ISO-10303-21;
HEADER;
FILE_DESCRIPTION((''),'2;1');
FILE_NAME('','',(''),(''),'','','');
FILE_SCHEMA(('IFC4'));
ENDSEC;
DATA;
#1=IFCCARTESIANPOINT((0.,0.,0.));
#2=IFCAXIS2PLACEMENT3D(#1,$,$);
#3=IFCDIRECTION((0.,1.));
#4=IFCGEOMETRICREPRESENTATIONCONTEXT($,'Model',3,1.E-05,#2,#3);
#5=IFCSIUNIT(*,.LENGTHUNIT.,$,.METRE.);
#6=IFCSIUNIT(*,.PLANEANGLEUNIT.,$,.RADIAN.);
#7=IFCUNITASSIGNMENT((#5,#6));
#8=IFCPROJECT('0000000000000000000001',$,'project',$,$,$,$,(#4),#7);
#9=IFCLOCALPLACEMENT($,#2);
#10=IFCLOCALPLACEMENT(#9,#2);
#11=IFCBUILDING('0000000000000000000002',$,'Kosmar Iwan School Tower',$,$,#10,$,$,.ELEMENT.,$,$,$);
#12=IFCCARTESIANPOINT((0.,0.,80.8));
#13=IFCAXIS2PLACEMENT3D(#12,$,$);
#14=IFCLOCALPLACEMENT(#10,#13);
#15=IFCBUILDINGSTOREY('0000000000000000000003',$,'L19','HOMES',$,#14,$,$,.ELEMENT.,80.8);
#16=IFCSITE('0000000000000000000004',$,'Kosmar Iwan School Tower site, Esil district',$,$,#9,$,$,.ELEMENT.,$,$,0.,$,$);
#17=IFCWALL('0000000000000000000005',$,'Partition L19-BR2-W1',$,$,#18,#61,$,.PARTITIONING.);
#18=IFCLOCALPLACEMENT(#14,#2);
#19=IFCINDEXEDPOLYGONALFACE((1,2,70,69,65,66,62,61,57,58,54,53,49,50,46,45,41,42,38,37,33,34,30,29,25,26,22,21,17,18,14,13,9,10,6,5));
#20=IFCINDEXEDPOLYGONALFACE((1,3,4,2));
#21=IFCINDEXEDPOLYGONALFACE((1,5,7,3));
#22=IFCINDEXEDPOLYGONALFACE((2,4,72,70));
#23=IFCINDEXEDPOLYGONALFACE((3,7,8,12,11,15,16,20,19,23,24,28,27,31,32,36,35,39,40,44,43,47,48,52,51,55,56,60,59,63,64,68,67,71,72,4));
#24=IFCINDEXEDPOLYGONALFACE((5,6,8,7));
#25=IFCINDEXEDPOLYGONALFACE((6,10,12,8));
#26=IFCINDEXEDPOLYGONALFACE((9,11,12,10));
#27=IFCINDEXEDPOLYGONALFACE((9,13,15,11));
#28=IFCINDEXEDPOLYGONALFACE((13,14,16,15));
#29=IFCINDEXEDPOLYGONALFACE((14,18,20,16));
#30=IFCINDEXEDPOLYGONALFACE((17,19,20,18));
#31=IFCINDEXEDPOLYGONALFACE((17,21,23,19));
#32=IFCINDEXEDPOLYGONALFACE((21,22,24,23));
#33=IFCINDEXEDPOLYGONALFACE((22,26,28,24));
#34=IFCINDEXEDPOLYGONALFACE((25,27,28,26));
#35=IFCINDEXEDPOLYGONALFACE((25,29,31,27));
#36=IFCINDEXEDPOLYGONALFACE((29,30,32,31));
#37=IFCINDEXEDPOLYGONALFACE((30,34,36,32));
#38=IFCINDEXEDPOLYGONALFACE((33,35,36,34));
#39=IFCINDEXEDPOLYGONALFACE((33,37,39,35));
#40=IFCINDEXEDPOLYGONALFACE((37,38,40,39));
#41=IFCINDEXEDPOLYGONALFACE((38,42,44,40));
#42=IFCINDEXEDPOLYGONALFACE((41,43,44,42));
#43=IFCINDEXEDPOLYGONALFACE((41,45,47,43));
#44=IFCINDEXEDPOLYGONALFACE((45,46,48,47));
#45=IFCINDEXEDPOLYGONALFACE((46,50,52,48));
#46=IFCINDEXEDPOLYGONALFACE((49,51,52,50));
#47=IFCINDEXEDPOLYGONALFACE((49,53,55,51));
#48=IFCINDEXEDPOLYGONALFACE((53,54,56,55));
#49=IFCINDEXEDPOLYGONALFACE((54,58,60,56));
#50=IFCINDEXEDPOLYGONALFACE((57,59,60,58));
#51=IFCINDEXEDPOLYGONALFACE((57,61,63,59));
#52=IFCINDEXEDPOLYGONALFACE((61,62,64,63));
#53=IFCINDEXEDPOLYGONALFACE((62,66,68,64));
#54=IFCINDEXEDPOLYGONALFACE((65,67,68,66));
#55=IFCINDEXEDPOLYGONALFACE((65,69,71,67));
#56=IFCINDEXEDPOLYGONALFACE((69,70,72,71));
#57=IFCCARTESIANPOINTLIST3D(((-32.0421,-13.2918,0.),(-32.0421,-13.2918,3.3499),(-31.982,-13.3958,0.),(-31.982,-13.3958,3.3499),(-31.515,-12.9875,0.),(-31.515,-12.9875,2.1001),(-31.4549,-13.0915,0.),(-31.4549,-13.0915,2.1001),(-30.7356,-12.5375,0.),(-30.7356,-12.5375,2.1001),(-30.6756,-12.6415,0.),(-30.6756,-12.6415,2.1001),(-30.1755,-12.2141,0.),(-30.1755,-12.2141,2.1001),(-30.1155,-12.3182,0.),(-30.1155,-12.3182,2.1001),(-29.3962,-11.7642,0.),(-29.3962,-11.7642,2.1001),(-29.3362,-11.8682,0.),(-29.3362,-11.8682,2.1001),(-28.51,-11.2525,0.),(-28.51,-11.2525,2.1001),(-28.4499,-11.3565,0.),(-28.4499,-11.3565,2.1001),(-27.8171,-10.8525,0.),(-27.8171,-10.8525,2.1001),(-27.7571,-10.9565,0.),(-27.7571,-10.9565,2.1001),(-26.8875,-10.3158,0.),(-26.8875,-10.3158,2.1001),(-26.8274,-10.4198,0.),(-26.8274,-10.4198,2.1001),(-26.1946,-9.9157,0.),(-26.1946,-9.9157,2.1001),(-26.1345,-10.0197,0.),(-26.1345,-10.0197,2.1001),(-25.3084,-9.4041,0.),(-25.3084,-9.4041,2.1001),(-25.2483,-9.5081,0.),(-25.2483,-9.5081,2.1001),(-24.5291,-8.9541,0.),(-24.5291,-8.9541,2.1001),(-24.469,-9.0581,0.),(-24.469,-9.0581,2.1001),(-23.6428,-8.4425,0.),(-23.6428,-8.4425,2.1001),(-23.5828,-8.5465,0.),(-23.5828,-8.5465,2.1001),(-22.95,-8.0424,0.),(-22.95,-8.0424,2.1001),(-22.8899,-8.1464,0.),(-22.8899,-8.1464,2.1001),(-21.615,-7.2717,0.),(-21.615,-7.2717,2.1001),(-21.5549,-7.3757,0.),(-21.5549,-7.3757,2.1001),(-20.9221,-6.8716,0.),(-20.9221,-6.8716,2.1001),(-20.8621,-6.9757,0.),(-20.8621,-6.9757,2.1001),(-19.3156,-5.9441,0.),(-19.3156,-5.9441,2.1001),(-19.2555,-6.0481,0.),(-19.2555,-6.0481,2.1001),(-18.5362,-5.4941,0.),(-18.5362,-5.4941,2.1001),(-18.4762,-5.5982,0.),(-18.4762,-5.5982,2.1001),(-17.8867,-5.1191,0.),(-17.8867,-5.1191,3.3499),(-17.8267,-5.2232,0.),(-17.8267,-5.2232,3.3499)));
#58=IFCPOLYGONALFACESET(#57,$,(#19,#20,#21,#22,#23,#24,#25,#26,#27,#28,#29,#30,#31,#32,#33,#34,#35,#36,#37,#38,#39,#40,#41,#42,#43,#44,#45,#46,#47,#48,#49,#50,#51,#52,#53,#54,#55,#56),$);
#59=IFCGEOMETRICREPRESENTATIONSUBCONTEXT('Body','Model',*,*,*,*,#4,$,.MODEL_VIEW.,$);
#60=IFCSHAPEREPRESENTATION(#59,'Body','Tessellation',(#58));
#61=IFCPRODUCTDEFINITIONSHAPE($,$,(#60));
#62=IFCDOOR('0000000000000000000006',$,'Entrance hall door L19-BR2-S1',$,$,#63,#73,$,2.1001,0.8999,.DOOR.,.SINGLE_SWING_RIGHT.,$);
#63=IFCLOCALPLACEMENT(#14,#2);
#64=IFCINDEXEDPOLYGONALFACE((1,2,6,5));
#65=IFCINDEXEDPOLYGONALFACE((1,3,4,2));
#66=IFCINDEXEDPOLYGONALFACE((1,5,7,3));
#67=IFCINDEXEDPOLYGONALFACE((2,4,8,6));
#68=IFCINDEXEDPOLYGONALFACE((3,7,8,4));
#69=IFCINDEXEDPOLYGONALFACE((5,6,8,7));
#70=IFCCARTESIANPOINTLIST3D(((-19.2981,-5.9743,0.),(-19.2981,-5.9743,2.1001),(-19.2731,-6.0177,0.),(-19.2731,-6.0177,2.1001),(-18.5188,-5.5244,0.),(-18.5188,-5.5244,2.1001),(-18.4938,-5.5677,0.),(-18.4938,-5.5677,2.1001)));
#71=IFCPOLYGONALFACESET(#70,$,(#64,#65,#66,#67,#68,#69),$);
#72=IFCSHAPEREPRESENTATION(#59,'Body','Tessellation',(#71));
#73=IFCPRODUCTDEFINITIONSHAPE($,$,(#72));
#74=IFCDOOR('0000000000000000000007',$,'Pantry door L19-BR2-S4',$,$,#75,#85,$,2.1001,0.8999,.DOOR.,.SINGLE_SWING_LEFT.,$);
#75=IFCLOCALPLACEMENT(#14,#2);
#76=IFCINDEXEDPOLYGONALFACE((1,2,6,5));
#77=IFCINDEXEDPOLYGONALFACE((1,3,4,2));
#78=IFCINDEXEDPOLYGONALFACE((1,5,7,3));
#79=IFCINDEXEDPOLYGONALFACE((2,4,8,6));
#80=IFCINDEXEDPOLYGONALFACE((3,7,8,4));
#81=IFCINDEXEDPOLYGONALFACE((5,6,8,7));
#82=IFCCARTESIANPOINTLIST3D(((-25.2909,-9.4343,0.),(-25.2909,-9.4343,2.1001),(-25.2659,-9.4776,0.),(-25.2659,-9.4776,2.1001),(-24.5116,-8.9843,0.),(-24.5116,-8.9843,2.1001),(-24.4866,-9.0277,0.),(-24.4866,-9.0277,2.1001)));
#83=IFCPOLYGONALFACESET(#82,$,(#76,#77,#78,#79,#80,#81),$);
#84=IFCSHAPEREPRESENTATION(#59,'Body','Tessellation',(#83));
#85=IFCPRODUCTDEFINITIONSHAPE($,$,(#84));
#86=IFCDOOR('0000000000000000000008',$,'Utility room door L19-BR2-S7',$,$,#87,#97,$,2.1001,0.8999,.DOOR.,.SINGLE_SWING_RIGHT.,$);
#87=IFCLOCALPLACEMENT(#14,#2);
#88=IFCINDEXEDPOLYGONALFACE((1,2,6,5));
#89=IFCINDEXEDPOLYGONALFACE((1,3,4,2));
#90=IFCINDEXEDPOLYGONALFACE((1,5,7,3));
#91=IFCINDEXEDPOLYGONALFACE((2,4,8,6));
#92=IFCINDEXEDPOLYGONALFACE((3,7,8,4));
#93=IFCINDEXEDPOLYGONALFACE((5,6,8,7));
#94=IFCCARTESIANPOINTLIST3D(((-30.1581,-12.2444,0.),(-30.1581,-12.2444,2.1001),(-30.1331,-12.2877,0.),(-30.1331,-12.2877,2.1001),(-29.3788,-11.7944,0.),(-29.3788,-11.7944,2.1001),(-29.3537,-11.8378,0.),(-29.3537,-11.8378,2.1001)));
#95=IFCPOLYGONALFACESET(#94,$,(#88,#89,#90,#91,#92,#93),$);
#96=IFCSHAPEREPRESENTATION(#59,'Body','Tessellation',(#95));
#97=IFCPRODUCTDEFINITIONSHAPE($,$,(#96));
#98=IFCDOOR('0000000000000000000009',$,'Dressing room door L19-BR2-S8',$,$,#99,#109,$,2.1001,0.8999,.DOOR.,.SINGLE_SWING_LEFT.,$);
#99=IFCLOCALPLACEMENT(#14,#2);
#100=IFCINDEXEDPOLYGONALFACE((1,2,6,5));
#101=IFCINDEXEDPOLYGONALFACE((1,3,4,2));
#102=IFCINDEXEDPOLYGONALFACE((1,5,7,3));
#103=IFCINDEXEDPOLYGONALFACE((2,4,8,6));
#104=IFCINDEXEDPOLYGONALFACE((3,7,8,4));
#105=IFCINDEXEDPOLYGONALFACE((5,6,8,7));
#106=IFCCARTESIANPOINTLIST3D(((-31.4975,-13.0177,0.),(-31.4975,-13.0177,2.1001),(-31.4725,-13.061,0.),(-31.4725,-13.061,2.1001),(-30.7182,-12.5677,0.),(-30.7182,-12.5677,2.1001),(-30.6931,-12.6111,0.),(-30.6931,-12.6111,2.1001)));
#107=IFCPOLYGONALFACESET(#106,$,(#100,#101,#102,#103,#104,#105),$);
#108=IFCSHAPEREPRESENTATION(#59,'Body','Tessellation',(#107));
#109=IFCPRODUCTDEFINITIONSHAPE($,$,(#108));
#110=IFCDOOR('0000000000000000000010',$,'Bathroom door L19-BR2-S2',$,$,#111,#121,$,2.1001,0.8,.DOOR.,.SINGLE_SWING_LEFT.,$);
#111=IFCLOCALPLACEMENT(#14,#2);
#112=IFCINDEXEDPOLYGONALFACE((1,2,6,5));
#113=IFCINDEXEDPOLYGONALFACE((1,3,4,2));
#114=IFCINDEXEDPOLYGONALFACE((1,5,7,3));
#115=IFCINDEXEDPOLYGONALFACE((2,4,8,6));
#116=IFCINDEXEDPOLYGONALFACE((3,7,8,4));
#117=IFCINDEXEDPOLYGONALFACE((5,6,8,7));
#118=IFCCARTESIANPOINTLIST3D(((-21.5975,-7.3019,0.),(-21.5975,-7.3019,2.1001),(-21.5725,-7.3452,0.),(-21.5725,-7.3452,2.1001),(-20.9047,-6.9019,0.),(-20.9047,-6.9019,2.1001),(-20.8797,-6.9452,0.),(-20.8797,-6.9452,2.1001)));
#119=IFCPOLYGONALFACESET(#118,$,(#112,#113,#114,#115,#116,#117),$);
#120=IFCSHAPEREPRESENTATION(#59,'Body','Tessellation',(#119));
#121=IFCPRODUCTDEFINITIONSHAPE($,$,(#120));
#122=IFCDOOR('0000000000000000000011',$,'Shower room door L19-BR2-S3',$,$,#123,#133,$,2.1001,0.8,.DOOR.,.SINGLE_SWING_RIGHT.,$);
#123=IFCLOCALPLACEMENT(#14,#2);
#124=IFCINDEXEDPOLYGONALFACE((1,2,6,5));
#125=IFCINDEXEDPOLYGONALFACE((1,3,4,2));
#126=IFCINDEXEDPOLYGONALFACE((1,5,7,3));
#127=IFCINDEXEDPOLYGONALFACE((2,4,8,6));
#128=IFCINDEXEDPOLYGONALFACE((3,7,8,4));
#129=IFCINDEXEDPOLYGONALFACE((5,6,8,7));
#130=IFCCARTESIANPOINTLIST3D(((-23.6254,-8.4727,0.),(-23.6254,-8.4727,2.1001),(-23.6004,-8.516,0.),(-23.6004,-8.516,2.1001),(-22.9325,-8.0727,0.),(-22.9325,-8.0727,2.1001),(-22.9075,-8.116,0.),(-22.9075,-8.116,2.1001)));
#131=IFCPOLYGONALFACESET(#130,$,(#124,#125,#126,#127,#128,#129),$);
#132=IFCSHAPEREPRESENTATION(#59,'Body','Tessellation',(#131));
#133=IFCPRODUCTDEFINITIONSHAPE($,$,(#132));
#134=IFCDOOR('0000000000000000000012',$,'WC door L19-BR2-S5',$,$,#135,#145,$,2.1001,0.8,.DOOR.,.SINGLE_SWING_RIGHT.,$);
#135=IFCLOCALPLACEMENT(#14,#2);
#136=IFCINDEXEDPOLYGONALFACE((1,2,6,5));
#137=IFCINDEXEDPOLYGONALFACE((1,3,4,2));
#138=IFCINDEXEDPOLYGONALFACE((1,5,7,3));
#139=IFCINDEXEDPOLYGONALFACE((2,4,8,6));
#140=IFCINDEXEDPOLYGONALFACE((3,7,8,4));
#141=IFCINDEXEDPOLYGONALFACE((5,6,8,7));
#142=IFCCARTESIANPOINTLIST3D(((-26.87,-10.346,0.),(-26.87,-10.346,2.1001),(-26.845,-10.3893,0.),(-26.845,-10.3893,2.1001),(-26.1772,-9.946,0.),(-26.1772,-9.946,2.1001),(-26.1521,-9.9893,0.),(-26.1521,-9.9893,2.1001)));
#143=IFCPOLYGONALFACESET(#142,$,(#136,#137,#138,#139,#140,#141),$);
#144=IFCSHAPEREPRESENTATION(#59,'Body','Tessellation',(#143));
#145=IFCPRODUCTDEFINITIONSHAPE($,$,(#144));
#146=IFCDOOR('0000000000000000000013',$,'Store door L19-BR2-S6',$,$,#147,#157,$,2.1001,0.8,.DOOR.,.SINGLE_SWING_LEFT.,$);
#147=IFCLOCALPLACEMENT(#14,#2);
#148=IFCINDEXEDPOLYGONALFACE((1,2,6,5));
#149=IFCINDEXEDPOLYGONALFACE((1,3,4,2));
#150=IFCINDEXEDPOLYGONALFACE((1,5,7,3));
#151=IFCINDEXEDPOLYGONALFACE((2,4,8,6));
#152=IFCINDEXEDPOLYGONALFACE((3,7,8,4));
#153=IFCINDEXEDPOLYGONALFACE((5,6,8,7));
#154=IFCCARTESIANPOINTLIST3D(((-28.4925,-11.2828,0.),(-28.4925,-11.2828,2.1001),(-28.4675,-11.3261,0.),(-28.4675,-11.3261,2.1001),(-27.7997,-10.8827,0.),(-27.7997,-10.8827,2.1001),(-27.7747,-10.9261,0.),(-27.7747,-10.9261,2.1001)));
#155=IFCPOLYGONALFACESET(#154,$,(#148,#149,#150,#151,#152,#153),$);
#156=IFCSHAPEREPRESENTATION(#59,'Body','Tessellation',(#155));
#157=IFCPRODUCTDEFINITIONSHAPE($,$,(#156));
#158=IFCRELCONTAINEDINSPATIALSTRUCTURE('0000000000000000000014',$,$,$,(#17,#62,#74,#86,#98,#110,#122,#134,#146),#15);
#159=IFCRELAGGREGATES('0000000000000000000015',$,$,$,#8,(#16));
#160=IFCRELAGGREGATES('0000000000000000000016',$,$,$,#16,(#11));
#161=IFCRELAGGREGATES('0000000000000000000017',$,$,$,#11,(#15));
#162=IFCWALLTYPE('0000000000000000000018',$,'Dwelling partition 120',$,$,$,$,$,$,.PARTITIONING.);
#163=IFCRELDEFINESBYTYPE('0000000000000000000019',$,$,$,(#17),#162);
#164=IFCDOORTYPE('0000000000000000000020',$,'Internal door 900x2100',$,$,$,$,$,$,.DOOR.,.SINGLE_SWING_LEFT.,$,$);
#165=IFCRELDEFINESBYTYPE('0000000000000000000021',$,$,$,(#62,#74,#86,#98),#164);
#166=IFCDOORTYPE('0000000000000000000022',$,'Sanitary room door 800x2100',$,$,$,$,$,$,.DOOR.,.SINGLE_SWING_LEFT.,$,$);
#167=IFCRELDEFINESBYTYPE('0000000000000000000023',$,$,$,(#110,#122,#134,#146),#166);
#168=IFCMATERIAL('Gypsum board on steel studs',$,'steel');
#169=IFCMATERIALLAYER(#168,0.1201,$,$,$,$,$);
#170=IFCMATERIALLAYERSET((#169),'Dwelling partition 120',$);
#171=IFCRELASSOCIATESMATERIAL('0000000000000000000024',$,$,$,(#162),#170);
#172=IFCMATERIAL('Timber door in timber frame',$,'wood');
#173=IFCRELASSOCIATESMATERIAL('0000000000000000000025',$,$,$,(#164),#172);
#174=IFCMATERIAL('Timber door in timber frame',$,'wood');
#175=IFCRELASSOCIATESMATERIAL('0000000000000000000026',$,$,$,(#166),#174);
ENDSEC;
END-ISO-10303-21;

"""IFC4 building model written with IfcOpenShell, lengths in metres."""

from ifc_helpers import new_model, si_unit, direction, frame, frame_2d, origin, place, context, subcontext, project, spatial, rectangle, extrude, material, layer, layer_set, type_object, element, fill, save


model = new_model("IFC4")

# Units and contexts
model_context = context("Model", 3, precision=1e-05, world=origin(), true_north=direction((0.0, 1.0)))
body_context = subcontext(model_context, "Body", "Model", "MODEL_VIEW")
ifc_project = project(units=[si_unit("LENGTHUNIT", "METRE"), si_unit("PLANEANGLEUNIT", "RADIAN")], contexts=[model_context])

# Site, building, storey
site_placement = place(None, origin())
site = spatial("IfcSite", under=ifc_project, at=site_placement, Name="Kosmar Iwan School Tower site, Esil district", CompositionType="ELEMENT", RefElevation=0.0)
building_placement = place(site_placement, origin())
building = spatial("IfcBuilding", under=site, at=building_placement, Name="Kosmar Iwan School Tower", CompositionType="ELEMENT")
storey_placement = place(building_placement, frame((0.0, 0.0, 80.8)))
storey = spatial("IfcBuildingStorey", under=building, at=storey_placement, Name="L19", Description="HOMES", CompositionType="ELEMENT", Elevation=80.8)

# Shared definitions
ifc_material_1 = material(Name="Gypsum board on steel studs", Category="steel")
ifc_layer = layer(ifc_material_1, 0.1201)
ifc_layer_set = layer_set([ifc_layer], Name="Dwelling partition 120")
wall_type = type_object("IfcWallType", Name="Dwelling partition 120", PredefinedType="PARTITIONING", material=ifc_layer_set)

# Wall, openings, doors
wall_1_placement = place(storey_placement, frame((-17.8567, -5.1711, 0.0), z_axis=(0.0, 0.0, 1.0), x_axis=(-0.866024, -0.500003, 0.0)))
wall_1 = element("IfcWall", 1, at=wall_1_placement, inside=storey, type_object=wall_type, Name="Partition L19-BR2-W1", PredefinedType="PARTITIONING", context=body_context, shape_type="SweptSolid", body=[
    extrude(rectangle(XDim=16.3452, YDim=0.1201, at=frame_2d((8.1726, 0.0))), origin(), (0.0, 0.0, 1.0), 3.3499),
])
opening_1_placement = place(wall_1_placement, frame((0.75, 0.0, 0.0)))
opening_1 = element("IfcOpeningElement", 2, at=opening_1_placement, cuts=wall_1, PredefinedType="OPENING", context=body_context, shape_type="SweptSolid", body=[
    extrude(rectangle(XDim=0.8999, YDim=2.1001, at=frame_2d((0.45, 1.05))), frame((0.0, 0.072, 0.0), z_axis=(0.0, -1.0, 0.0), x_axis=(1.0, 0.0, 0.0)), (0.0, 0.0, 1.0), 0.144),
])
opening_2_placement = place(wall_1_placement, frame((3.5051, 0.0, 0.0)))
opening_2 = element("IfcOpeningElement", 3, at=opening_2_placement, cuts=wall_1, PredefinedType="OPENING", context=body_context, shape_type="SweptSolid", body=[
    extrude(rectangle(XDim=0.8, YDim=2.1001, at=frame_2d((0.3999, 1.05))), frame((0.0, 0.072, 0.0), z_axis=(0.0, -1.0, 0.0), x_axis=(1.0, 0.0, 0.0)), (0.0, 0.0, 1.0), 0.144),
])
opening_3_placement = place(wall_1_placement, frame((5.8467, 0.0, 0.0)))
opening_3 = element("IfcOpeningElement", 4, at=opening_3_placement, cuts=wall_1, PredefinedType="OPENING", context=body_context, shape_type="SweptSolid", body=[
    extrude(rectangle(XDim=0.8, YDim=2.1001, at=frame_2d((0.3999, 1.05))), frame((0.0, 0.072, 0.0), z_axis=(0.0, -1.0, 0.0), x_axis=(1.0, 0.0, 0.0)), (0.0, 0.0, 1.0), 0.144),
])
opening_4_placement = place(wall_1_placement, frame((7.6699, 0.0, 0.0)))
opening_4 = element("IfcOpeningElement", 5, at=opening_4_placement, cuts=wall_1, PredefinedType="OPENING", context=body_context, shape_type="SweptSolid", body=[
    extrude(rectangle(XDim=0.8999, YDim=2.1001, at=frame_2d((0.45, 1.05))), frame((0.0, 0.072, 0.0), z_axis=(0.0, -1.0, 0.0), x_axis=(1.0, 0.0, 0.0)), (0.0, 0.0, 1.0), 0.144),
])
opening_5_placement = place(wall_1_placement, frame((9.5933, 0.0, 0.0)))
opening_5 = element("IfcOpeningElement", 6, at=opening_5_placement, cuts=wall_1, PredefinedType="OPENING", context=body_context, shape_type="SweptSolid", body=[
    extrude(rectangle(XDim=0.8, YDim=2.1001, at=frame_2d((0.3999, 1.05))), frame((0.0, 0.072, 0.0), z_axis=(0.0, -1.0, 0.0), x_axis=(1.0, 0.0, 0.0)), (0.0, 0.0, 1.0), 0.144),
])
opening_6_placement = place(wall_1_placement, frame((11.4668, 0.0, 0.0)))
opening_6 = element("IfcOpeningElement", 7, at=opening_6_placement, cuts=wall_1, PredefinedType="OPENING", context=body_context, shape_type="SweptSolid", body=[
    extrude(rectangle(XDim=0.8, YDim=2.1001, at=frame_2d((0.3999, 1.05))), frame((0.0, 0.072, 0.0), z_axis=(0.0, -1.0, 0.0), x_axis=(1.0, 0.0, 0.0)), (0.0, 0.0, 1.0), 0.144),
])
opening_7_placement = place(wall_1_placement, frame((13.29, 0.0, 0.0)))
opening_7 = element("IfcOpeningElement", 8, at=opening_7_placement, cuts=wall_1, PredefinedType="OPENING", context=body_context, shape_type="SweptSolid", body=[
    extrude(rectangle(XDim=0.8999, YDim=2.1001, at=frame_2d((0.45, 1.05))), frame((0.0, 0.072, 0.0), z_axis=(0.0, -1.0, 0.0), x_axis=(1.0, 0.0, 0.0)), (0.0, 0.0, 1.0), 0.144),
])
opening_8_placement = place(wall_1_placement, frame((14.8367, 0.0, 0.0)))
opening_8 = element("IfcOpeningElement", 9, at=opening_8_placement, cuts=wall_1, PredefinedType="OPENING", context=body_context, shape_type="SweptSolid", body=[
    extrude(rectangle(XDim=0.8999, YDim=2.1001, at=frame_2d((0.45, 1.05))), frame((0.0, 0.072, 0.0), z_axis=(0.0, -1.0, 0.0), x_axis=(1.0, 0.0, 0.0)), (0.0, 0.0, 1.0), 0.144),
])
ifc_material_2 = material(Name="Timber door in timber frame", Category="wood")
door_type_1 = type_object("IfcDoorType", Name="Internal door 900x2100", OperationType="SINGLE_SWING_LEFT", PredefinedType="DOOR", material=ifc_material_2)
door_1_placement = place(opening_1_placement, origin())
door_1 = element("IfcDoor", 10, at=door_1_placement, inside=storey, type_object=door_type_1, Name="Entrance hall door L19-BR2-S1", OperationType="SINGLE_SWING_RIGHT", OverallHeight=2.1001, OverallWidth=0.8999, PredefinedType="DOOR", context=body_context, shape_type="SweptSolid", body=[
    extrude(rectangle(XDim=0.8999, YDim=2.1001, at=frame_2d((0.45, 1.05))), frame((0.0, 0.0249, 0.0), z_axis=(0.0, -1.0, 0.0), x_axis=(1.0, 0.0, 0.0)), (0.0, 0.0, 1.0), 0.05),
])
fill(opening_1, door_1)
door_2_placement = place(opening_4_placement, origin())
door_2 = element("IfcDoor", 11, at=door_2_placement, inside=storey, type_object=door_type_1, Name="Pantry door L19-BR2-S4", OperationType="SINGLE_SWING_LEFT", OverallHeight=2.1001, OverallWidth=0.8999, PredefinedType="DOOR", context=body_context, shape_type="SweptSolid", body=[
    extrude(rectangle(XDim=0.8999, YDim=2.1001, at=frame_2d((0.45, 1.05))), frame((0.0, 0.0249, 0.0), z_axis=(0.0, -1.0, 0.0), x_axis=(1.0, 0.0, 0.0)), (0.0, 0.0, 1.0), 0.05),
])
fill(opening_4, door_2)
door_3_placement = place(opening_7_placement, origin())
door_3 = element("IfcDoor", 12, at=door_3_placement, inside=storey, type_object=door_type_1, Name="Utility room door L19-BR2-S7", OperationType="SINGLE_SWING_RIGHT", OverallHeight=2.1001, OverallWidth=0.8999, PredefinedType="DOOR", context=body_context, shape_type="SweptSolid", body=[
    extrude(rectangle(XDim=0.8999, YDim=2.1001, at=frame_2d((0.45, 1.05))), frame((0.0, 0.0249, 0.0), z_axis=(0.0, -1.0, 0.0), x_axis=(1.0, 0.0, 0.0)), (0.0, 0.0, 1.0), 0.05),
])
fill(opening_7, door_3)
door_4_placement = place(opening_8_placement, origin())
door_4 = element("IfcDoor", 13, at=door_4_placement, inside=storey, type_object=door_type_1, Name="Dressing room door L19-BR2-S8", OperationType="SINGLE_SWING_LEFT", OverallHeight=2.1001, OverallWidth=0.8999, PredefinedType="DOOR", context=body_context, shape_type="SweptSolid", body=[
    extrude(rectangle(XDim=0.8999, YDim=2.1001, at=frame_2d((0.45, 1.05))), frame((0.0, 0.0249, 0.0), z_axis=(0.0, -1.0, 0.0), x_axis=(1.0, 0.0, 0.0)), (0.0, 0.0, 1.0), 0.05),
])
fill(opening_8, door_4)
ifc_material_3 = material(Name="Timber door in timber frame", Category="wood")
door_type_2 = type_object("IfcDoorType", Name="Sanitary room door 800x2100", OperationType="SINGLE_SWING_LEFT", PredefinedType="DOOR", material=ifc_material_3)
door_5_placement = place(opening_2_placement, origin())
door_5 = element("IfcDoor", 14, at=door_5_placement, inside=storey, type_object=door_type_2, Name="Bathroom door L19-BR2-S2", OperationType="SINGLE_SWING_LEFT", OverallHeight=2.1001, OverallWidth=0.8, PredefinedType="DOOR", context=body_context, shape_type="SweptSolid", body=[
    extrude(rectangle(XDim=0.8, YDim=2.1001, at=frame_2d((0.3999, 1.05))), frame((0.0, 0.0249, 0.0), z_axis=(0.0, -1.0, 0.0), x_axis=(1.0, 0.0, 0.0)), (0.0, 0.0, 1.0), 0.05),
])
fill(opening_2, door_5)
door_6_placement = place(opening_3_placement, origin())
door_6 = element("IfcDoor", 15, at=door_6_placement, inside=storey, type_object=door_type_2, Name="Shower room door L19-BR2-S3", OperationType="SINGLE_SWING_RIGHT", OverallHeight=2.1001, OverallWidth=0.8, PredefinedType="DOOR", context=body_context, shape_type="SweptSolid", body=[
    extrude(rectangle(XDim=0.8, YDim=2.1001, at=frame_2d((0.3999, 1.05))), frame((0.0, 0.0249, 0.0), z_axis=(0.0, -1.0, 0.0), x_axis=(1.0, 0.0, 0.0)), (0.0, 0.0, 1.0), 0.05),
])
fill(opening_3, door_6)
door_7_placement = place(opening_5_placement, origin())
door_7 = element("IfcDoor", 16, at=door_7_placement, inside=storey, type_object=door_type_2, Name="WC door L19-BR2-S5", OperationType="SINGLE_SWING_RIGHT", OverallHeight=2.1001, OverallWidth=0.8, PredefinedType="DOOR", context=body_context, shape_type="SweptSolid", body=[
    extrude(rectangle(XDim=0.8, YDim=2.1001, at=frame_2d((0.3999, 1.05))), frame((0.0, 0.0249, 0.0), z_axis=(0.0, -1.0, 0.0), x_axis=(1.0, 0.0, 0.0)), (0.0, 0.0, 1.0), 0.05),
])
fill(opening_5, door_7)
door_8_placement = place(opening_6_placement, origin())
door_8 = element("IfcDoor", 17, at=door_8_placement, inside=storey, type_object=door_type_2, Name="Store door L19-BR2-S6", OperationType="SINGLE_SWING_LEFT", OverallHeight=2.1001, OverallWidth=0.8, PredefinedType="DOOR", context=body_context, shape_type="SweptSolid", body=[
    extrude(rectangle(XDim=0.8, YDim=2.1001, at=frame_2d((0.3999, 1.05))), frame((0.0, 0.0249, 0.0), z_axis=(0.0, -1.0, 0.0), x_axis=(1.0, 0.0, 0.0)), (0.0, 0.0, 1.0), 0.05),
])
fill(opening_6, door_8)

save(model, "model.ifc")
